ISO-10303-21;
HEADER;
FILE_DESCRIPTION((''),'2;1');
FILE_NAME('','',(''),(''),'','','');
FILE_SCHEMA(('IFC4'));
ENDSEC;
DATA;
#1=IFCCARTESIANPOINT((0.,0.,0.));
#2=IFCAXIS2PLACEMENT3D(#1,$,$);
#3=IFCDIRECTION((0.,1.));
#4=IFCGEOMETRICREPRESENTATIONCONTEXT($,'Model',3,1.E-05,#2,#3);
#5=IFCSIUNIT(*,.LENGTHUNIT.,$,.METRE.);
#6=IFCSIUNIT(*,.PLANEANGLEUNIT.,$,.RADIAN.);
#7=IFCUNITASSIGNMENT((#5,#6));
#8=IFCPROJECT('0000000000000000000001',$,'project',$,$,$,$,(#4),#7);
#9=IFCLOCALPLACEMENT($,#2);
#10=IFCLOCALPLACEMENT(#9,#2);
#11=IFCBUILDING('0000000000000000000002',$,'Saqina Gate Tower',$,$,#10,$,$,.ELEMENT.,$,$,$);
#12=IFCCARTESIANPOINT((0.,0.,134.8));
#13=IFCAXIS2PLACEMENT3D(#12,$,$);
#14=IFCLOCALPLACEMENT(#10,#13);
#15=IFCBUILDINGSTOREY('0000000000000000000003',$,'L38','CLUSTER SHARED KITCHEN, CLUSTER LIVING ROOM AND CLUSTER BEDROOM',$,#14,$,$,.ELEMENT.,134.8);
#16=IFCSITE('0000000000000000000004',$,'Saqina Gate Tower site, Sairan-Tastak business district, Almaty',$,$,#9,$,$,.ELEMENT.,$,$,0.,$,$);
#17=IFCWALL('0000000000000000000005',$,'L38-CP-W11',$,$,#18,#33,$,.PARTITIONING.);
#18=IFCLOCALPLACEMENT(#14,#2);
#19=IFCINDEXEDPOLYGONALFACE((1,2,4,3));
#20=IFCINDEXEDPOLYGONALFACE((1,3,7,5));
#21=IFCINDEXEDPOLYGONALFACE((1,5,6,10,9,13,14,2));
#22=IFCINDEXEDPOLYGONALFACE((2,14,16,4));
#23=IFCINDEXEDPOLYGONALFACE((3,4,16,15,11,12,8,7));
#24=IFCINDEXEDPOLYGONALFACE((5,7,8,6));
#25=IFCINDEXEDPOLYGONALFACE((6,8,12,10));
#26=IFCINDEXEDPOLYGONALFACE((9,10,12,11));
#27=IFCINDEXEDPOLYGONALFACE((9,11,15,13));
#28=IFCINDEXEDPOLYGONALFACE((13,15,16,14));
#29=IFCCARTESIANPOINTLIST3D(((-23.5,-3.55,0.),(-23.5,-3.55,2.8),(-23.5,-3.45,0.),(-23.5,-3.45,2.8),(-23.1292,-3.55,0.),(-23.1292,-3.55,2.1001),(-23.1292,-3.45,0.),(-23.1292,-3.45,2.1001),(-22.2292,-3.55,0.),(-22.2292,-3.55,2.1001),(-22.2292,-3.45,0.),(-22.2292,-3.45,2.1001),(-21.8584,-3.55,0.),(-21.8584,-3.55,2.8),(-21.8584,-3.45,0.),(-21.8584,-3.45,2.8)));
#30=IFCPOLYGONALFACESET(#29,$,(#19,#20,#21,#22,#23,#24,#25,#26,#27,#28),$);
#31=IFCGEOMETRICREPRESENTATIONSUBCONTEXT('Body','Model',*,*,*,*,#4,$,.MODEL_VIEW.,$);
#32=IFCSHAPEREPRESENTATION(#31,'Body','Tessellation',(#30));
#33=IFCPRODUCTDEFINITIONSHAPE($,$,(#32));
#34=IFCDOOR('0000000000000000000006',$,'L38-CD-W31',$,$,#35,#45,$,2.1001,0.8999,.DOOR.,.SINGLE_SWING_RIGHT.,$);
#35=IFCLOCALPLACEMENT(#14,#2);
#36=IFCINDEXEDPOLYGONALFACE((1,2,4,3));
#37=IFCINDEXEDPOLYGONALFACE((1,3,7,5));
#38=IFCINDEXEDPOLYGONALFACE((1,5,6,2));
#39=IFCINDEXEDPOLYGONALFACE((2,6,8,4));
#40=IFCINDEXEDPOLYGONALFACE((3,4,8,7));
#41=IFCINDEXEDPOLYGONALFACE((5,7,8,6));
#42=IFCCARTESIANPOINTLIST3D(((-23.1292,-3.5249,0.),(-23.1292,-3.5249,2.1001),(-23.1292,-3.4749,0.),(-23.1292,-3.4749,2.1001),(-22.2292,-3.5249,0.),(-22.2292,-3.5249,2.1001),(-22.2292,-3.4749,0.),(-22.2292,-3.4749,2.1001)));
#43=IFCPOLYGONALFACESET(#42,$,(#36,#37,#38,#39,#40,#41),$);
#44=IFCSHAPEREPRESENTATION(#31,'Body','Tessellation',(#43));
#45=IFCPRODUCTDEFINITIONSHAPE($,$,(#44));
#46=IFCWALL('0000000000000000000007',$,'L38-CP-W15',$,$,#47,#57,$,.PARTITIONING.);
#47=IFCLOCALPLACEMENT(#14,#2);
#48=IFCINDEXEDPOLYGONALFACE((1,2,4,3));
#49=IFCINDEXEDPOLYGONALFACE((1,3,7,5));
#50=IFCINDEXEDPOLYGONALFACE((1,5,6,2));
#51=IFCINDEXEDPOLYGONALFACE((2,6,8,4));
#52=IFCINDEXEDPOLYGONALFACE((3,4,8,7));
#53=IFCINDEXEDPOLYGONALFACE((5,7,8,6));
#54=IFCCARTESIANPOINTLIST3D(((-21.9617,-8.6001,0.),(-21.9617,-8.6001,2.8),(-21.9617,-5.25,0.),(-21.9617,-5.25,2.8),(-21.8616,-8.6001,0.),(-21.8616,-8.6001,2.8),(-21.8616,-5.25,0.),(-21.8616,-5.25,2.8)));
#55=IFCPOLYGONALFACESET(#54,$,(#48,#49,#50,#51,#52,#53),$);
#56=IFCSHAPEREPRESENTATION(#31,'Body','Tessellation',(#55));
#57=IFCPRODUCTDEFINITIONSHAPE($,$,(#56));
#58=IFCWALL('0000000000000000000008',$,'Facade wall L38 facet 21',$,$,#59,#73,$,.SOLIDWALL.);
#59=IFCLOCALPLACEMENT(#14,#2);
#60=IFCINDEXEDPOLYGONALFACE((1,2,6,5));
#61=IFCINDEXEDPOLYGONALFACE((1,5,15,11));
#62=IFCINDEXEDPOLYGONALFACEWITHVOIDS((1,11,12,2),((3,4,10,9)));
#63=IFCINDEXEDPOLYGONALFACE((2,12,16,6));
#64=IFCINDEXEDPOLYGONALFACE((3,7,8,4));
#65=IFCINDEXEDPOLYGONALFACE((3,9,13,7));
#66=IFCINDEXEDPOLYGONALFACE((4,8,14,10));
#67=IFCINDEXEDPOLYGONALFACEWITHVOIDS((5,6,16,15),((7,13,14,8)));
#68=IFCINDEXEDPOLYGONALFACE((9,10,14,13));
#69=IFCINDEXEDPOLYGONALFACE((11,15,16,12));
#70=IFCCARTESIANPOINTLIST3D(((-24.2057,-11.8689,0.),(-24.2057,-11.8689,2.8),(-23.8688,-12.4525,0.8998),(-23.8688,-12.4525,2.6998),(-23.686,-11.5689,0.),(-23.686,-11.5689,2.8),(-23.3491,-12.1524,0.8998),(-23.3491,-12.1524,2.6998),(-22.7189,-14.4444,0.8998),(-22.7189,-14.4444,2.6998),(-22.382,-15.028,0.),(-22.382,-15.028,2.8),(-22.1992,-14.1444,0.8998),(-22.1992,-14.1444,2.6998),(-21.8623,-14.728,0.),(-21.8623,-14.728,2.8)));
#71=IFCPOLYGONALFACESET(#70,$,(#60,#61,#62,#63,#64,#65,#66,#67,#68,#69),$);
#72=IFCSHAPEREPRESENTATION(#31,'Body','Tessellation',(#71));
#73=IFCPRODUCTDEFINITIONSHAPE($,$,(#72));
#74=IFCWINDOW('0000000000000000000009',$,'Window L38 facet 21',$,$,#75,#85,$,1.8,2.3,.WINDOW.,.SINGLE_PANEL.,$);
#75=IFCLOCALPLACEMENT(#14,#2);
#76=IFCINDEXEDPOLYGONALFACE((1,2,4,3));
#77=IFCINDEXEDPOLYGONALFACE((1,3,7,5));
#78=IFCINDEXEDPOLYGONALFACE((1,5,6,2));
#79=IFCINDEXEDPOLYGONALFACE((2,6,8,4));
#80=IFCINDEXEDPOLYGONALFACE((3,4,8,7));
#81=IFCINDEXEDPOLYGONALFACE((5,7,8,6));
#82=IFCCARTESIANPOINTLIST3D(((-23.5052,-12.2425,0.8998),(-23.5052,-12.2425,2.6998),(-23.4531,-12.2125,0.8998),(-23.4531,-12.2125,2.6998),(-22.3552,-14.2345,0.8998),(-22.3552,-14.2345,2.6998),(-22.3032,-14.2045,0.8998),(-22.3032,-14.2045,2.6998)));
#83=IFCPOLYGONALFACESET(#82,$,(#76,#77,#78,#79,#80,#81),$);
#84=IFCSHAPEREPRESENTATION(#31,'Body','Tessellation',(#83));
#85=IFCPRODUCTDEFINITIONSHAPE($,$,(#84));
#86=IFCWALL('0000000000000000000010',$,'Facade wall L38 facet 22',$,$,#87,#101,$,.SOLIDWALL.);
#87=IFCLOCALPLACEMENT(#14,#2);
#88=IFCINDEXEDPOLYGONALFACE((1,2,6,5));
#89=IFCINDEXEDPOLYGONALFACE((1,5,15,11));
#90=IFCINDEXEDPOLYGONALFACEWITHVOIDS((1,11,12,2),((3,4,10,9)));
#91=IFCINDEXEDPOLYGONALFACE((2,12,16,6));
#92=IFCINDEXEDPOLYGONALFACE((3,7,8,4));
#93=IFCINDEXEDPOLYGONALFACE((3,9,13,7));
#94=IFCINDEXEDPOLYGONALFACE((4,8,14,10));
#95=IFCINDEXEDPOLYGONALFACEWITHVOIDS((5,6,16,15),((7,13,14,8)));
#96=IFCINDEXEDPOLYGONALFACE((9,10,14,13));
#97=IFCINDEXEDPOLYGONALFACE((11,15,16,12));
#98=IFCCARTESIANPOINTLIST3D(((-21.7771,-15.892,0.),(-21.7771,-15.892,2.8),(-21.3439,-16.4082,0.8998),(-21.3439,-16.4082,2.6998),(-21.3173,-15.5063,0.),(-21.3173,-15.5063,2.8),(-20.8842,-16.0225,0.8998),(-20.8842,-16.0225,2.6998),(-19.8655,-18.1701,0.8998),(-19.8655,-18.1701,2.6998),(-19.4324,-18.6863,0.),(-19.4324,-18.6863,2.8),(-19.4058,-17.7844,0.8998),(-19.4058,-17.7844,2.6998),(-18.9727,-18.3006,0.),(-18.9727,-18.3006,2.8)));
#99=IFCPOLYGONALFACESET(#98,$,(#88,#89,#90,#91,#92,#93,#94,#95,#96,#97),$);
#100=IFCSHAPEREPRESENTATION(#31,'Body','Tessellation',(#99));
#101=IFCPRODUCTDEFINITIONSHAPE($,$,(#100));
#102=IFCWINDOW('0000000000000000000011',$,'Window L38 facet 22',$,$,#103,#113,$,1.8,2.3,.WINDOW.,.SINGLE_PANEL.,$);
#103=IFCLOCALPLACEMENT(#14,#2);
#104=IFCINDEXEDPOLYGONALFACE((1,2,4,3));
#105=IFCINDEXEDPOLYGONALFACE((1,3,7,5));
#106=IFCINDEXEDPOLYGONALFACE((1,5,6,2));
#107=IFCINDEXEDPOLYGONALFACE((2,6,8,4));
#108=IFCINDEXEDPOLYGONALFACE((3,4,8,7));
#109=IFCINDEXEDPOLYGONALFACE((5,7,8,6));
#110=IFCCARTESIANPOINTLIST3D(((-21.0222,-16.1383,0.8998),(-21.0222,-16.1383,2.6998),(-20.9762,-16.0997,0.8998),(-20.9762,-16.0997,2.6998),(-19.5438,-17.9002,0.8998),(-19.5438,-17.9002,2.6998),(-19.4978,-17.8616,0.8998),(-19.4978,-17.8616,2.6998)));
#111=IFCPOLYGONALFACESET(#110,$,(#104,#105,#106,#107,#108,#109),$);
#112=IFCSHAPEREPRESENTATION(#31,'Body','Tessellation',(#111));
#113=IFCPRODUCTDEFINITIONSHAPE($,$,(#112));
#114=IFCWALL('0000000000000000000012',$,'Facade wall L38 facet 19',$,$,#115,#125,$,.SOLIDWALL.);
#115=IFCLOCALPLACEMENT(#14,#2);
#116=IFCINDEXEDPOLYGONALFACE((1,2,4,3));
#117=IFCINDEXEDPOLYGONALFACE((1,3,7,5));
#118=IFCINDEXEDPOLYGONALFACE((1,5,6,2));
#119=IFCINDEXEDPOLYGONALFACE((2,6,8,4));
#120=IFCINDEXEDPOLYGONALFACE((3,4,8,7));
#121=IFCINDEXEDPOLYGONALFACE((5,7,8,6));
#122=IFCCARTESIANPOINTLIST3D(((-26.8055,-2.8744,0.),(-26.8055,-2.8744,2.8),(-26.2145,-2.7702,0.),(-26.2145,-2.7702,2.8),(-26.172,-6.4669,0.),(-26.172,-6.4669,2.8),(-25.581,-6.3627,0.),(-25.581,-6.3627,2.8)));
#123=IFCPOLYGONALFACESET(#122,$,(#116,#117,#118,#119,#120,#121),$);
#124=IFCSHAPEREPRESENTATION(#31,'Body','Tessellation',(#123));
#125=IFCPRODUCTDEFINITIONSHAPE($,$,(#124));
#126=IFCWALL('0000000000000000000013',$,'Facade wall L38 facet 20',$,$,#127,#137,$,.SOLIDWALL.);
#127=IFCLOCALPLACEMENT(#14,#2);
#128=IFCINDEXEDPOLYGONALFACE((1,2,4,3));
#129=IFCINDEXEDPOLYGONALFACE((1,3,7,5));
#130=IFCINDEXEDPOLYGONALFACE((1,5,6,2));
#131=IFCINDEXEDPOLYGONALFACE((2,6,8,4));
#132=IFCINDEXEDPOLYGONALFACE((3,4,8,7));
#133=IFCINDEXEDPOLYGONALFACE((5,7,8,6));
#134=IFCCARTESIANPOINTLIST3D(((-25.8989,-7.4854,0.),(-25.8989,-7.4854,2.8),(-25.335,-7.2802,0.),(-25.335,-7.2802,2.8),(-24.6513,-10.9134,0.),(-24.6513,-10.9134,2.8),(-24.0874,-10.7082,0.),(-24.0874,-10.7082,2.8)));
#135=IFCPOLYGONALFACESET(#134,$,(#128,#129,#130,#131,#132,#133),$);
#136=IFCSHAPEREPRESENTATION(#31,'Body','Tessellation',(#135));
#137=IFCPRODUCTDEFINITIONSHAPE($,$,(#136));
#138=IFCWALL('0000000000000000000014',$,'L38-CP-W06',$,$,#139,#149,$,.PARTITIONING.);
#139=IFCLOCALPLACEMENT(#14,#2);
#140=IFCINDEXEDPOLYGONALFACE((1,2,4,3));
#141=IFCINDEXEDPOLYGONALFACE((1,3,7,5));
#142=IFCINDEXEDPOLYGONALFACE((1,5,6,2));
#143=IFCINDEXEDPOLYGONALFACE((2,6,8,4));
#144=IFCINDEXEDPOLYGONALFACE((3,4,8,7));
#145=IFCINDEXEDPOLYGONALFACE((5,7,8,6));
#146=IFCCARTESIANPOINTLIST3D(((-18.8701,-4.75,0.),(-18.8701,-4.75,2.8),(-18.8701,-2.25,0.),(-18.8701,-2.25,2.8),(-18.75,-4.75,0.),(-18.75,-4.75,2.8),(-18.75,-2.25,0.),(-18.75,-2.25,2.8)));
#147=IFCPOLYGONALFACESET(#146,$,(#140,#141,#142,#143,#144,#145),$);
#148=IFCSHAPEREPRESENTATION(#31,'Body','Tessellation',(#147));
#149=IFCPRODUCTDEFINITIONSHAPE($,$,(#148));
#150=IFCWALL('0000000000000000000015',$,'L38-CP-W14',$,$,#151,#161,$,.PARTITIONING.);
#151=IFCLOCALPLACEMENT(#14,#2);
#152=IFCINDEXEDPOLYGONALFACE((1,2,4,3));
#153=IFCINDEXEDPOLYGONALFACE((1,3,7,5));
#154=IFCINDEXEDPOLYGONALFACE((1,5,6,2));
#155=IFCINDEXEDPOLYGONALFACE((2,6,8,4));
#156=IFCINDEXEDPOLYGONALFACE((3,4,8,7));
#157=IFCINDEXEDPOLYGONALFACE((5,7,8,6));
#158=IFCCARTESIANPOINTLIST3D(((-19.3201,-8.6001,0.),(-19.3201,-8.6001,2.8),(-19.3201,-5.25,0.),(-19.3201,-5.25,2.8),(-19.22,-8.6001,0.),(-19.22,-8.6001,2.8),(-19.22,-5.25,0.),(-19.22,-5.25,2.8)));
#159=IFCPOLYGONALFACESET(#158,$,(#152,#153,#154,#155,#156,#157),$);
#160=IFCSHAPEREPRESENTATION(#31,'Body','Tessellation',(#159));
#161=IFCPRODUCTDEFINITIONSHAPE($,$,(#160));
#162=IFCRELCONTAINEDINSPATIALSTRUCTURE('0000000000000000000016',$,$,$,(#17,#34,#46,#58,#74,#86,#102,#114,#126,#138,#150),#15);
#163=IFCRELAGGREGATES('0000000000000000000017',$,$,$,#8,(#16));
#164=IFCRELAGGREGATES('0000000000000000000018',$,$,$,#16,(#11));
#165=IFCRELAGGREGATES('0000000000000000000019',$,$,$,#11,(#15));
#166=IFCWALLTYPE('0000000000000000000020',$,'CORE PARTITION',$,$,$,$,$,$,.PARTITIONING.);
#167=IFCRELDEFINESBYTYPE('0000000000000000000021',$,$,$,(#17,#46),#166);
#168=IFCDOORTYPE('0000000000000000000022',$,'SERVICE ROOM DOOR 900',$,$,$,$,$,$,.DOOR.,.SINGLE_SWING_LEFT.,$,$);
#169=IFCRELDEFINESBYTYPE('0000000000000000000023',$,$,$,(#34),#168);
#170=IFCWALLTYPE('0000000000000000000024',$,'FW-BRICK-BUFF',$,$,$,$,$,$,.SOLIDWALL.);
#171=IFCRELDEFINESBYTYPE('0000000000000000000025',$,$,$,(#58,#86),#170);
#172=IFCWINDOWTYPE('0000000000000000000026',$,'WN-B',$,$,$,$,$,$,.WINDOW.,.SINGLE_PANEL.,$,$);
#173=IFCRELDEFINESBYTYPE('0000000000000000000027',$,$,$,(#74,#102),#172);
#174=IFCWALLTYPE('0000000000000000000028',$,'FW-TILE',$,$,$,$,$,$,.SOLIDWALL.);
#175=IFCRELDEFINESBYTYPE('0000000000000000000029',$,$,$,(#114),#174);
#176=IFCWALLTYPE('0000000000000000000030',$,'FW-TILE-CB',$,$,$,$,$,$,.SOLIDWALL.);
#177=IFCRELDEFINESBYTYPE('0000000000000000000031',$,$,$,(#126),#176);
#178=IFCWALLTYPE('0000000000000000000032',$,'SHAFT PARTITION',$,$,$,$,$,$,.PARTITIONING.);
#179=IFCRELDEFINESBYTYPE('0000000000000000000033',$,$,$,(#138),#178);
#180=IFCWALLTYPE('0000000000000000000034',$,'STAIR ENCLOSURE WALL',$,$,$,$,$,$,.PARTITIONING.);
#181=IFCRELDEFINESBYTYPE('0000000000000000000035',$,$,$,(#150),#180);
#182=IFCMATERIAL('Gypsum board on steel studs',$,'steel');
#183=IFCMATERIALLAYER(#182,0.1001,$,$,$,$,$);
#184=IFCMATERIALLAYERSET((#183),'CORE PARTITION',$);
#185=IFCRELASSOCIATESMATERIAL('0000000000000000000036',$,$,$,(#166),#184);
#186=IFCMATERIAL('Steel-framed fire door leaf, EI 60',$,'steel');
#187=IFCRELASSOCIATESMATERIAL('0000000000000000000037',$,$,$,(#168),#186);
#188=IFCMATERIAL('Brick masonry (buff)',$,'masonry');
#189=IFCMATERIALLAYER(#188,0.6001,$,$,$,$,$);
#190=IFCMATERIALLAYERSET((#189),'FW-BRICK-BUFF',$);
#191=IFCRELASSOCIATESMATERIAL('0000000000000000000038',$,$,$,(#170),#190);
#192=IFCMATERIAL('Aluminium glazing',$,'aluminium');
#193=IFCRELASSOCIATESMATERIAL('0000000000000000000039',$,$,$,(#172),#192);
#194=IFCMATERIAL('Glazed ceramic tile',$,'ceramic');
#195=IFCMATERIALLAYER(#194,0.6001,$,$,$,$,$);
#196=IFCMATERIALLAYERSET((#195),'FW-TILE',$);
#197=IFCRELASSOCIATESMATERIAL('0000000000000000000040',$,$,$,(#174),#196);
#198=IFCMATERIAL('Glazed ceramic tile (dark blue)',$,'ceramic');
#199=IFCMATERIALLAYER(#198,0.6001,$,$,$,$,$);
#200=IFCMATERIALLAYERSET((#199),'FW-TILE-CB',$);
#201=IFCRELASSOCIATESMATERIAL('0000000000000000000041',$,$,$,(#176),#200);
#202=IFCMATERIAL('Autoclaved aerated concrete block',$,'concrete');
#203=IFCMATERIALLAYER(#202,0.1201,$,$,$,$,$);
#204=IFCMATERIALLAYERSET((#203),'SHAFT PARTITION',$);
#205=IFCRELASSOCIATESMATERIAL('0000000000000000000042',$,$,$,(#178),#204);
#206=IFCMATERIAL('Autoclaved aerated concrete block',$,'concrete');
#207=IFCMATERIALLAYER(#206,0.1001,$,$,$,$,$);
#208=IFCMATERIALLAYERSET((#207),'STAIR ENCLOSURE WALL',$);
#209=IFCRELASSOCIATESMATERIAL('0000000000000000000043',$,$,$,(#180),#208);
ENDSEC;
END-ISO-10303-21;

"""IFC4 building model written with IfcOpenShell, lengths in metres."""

from ifc_helpers import new_model, si_unit, direction, frame, frame_2d, origin, place, context, subcontext, project, spatial, rectangle, extrude, material, layer, layer_set, type_object, element, fill, save


model = new_model("IFC4")

# Units and contexts
model_context = context("Model", 3, precision=1e-05, world=origin(), true_north=direction((0.0, 1.0)))
body_context = subcontext(model_context, "Body", "Model", "MODEL_VIEW")
ifc_project = project(units=[si_unit("LENGTHUNIT", "METRE"), si_unit("PLANEANGLEUNIT", "RADIAN")], contexts=[model_context])

# Site, building, storey
site_placement = place(None, origin())
site = spatial("IfcSite", under=ifc_project, at=site_placement, Name="Saqina Gate Tower site, Sairan-Tastak business district, Almaty", CompositionType="ELEMENT", RefElevation=0.0)
building_placement = place(site_placement, origin())
building = spatial("IfcBuilding", under=site, at=building_placement, Name="Saqina Gate Tower", CompositionType="ELEMENT")
storey_placement = place(building_placement, frame((0.0, 0.0, 134.8)))
storey = spatial("IfcBuildingStorey", under=building, at=storey_placement, Name="L38", Description="CLUSTER SHARED KITCHEN, CLUSTER LIVING ROOM AND CLUSTER BEDROOM", CompositionType="ELEMENT", Elevation=134.8)

# Shared definitions
ifc_material_1 = material(Name="Gypsum board on steel studs", Category="steel")
ifc_layer_1 = layer(ifc_material_1, 0.1001)
ifc_layer_set_1 = layer_set([ifc_layer_1], Name="CORE PARTITION")
wall_type_1 = type_object("IfcWallType", Name="CORE PARTITION", PredefinedType="PARTITIONING", material=ifc_layer_set_1)

# Wall, opening, door
ifc_material_2 = material(Name="Steel-framed fire door leaf, EI 60", Category="steel")
door_type = type_object("IfcDoorType", Name="SERVICE ROOM DOOR 900", OperationType="SINGLE_SWING_LEFT", PredefinedType="DOOR", material=ifc_material_2)
wall_1_placement = place(storey_placement, frame((-21.8584, -3.5, 0.0), z_axis=(0.0, 0.0, 1.0), x_axis=(-1.0, 0.0, 0.0)))
wall_1 = element("IfcWall", 1, at=wall_1_placement, inside=storey, type_object=wall_type_1, Name="L38-CP-W11", PredefinedType="PARTITIONING", context=body_context, shape_type="SweptSolid", body=[
    extrude(rectangle(XDim=1.6416, YDim=0.1001, at=frame_2d((0.8208, 0.0))), origin(), (0.0, 0.0, 1.0), 2.8),
])
opening_1_placement = place(wall_1_placement, frame((0.3708, 0.0, 0.0)))
opening_1 = element("IfcOpeningElement", 2, at=opening_1_placement, cuts=wall_1, PredefinedType="OPENING", context=body_context, shape_type="SweptSolid", body=[
    extrude(rectangle(XDim=0.8999, YDim=2.1001, at=frame_2d((0.45, 1.05))), frame((0.0, 0.062, 0.0), z_axis=(0.0, -1.0, 0.0), x_axis=(1.0, 0.0, 0.0)), (0.0, 0.0, 1.0), 0.124),
])
door_1_placement = place(opening_1_placement, origin())
door_1 = element("IfcDoor", 3, at=door_1_placement, inside=storey, type_object=door_type, Name="L38-CD-W31", OperationType="SINGLE_SWING_RIGHT", OverallHeight=2.1001, OverallWidth=0.8999, PredefinedType="DOOR", context=body_context, shape_type="SweptSolid", body=[
    extrude(rectangle(XDim=0.8999, YDim=2.1001, at=frame_2d((0.45, 1.05))), frame((0.0, 0.0249, 0.0), z_axis=(0.0, -1.0, 0.0), x_axis=(1.0, 0.0, 0.0)), (0.0, 0.0, 1.0), 0.05),
])
fill(opening_1, door_1)

# Wall
wall_2_placement = place(storey_placement, frame((-21.9116, -8.6001, 0.0), z_axis=(0.0, 0.0, 1.0), x_axis=(0.0, 1.0, 0.0)))
element("IfcWall", 4, at=wall_2_placement, inside=storey, type_object=wall_type_1, Name="L38-CP-W15", PredefinedType="PARTITIONING", context=body_context, shape_type="SweptSolid", body=[
    extrude(rectangle(XDim=3.3501, YDim=0.1001, at=frame_2d((1.675, 0.0))), origin(), (0.0, 0.0, 1.0), 2.8),
])

# Walls, openings, windows
ifc_material_3 = material(Name="Brick masonry (buff)", Category="masonry")
ifc_layer_2 = layer(ifc_material_3, 0.6001)
ifc_layer_set_2 = layer_set([ifc_layer_2], Name="FW-BRICK-BUFF")
wall_type_2 = type_object("IfcWallType", Name="FW-BRICK-BUFF", PredefinedType="SOLIDWALL", material=ifc_layer_set_2)
wall_3_placement = place(storey_placement, frame((-23.9458, -11.719, 0.0), z_axis=(0.0, 0.0, 1.0), x_axis=(0.499954, -0.866052, 0.0)))
wall_3 = element("IfcWall", 5, at=wall_3_placement, inside=storey, type_object=wall_type_2, Name="Facade wall L38 facet 21", PredefinedType="SOLIDWALL", context=body_context, shape_type="SweptSolid", body=[
    extrude(rectangle(XDim=3.6477, YDim=0.6001, at=frame_2d((1.8237, 0.0))), origin(), (0.0, 0.0, 1.0), 2.8),
])
opening_2_placement = place(wall_3_placement, frame((0.6738, 0.0, 0.8999)))
opening_2 = element("IfcOpeningElement", 6, at=opening_2_placement, cuts=wall_3, PredefinedType="OPENING", context=body_context, shape_type="SweptSolid", body=[
    extrude(rectangle(XDim=2.3, YDim=1.8, at=frame_2d((1.1499, 0.8999))), frame((0.0, 0.312, 0.0), z_axis=(0.0, -1.0, 0.0), x_axis=(1.0, 0.0, 0.0)), (0.0, 0.0, 1.0), 0.624),
])
ifc_material_4 = material(Name="Aluminium glazing", Category="aluminium")
window_type = type_object("IfcWindowType", Name="WN-B", PartitioningType="SINGLE_PANEL", PredefinedType="WINDOW", material=ifc_material_4)
window_1_placement = place(opening_2_placement, origin())
window_1 = element("IfcWindow", 7, at=window_1_placement, inside=storey, type_object=window_type, Name="Window L38 facet 21", OverallHeight=1.8, OverallWidth=2.3, PartitioningType="SINGLE_PANEL", PredefinedType="WINDOW", context=body_context, shape_type="SweptSolid", body=[
    extrude(rectangle(XDim=2.3, YDim=1.8, at=frame_2d((1.1499, 0.8999))), frame((0.0, 0.1799, 0.0), z_axis=(0.0, -1.0, 0.0), x_axis=(1.0, 0.0, 0.0)), (0.0, 0.0, 1.0), 0.0601),
])
fill(opening_2, window_1)
wall_4_placement = place(storey_placement, frame((-21.5471, -15.6992, 0.0), z_axis=(0.0, 0.0, 1.0), x_axis=(0.642774, -0.766055, 0.0)))
wall_4 = element("IfcWall", 8, at=wall_4_placement, inside=storey, type_object=wall_type_2, Name="Facade wall L38 facet 22", PredefinedType="SOLIDWALL", context=body_context, shape_type="SweptSolid", body=[
    extrude(rectangle(XDim=3.6477, YDim=0.6001, at=frame_2d((1.8237, 0.0))), origin(), (0.0, 0.0, 1.0), 2.8),
])
opening_3_placement = place(wall_4_placement, frame((0.6738, 0.0, 0.8999)))
opening_3 = element("IfcOpeningElement", 9, at=opening_3_placement, cuts=wall_4, PredefinedType="OPENING", context=body_context, shape_type="SweptSolid", body=[
    extrude(rectangle(XDim=2.3, YDim=1.8, at=frame_2d((1.1499, 0.8999))), frame((0.0, 0.312, 0.0), z_axis=(0.0, -1.0, 0.0), x_axis=(1.0, 0.0, 0.0)), (0.0, 0.0, 1.0), 0.624),
])
window_2_placement = place(opening_3_placement, origin())
window_2 = element("IfcWindow", 10, at=window_2_placement, inside=storey, type_object=window_type, Name="Window L38 facet 22", OverallHeight=1.8, OverallWidth=2.3, PartitioningType="SINGLE_PANEL", PredefinedType="WINDOW", context=body_context, shape_type="SweptSolid", body=[
    extrude(rectangle(XDim=2.3, YDim=1.8, at=frame_2d((1.1499, 0.8999))), frame((0.0, 0.1799, 0.0), z_axis=(0.0, -1.0, 0.0), x_axis=(1.0, 0.0, 0.0)), (0.0, 0.0, 1.0), 0.0601),
])
fill(opening_3, window_2)

# Walls
ifc_material_5 = material(Name="Glazed ceramic tile", Category="ceramic")
ifc_layer_3 = layer(ifc_material_5, 0.6001)
ifc_layer_set_3 = layer_set([ifc_layer_3], Name="FW-TILE")
wall_type_3 = type_object("IfcWallType", Name="FW-TILE", PredefinedType="SOLIDWALL", material=ifc_layer_set_3)
wall_5_placement = place(storey_placement, frame((-26.51, -2.8223, 0.0), z_axis=(0.0, 0.0, 1.0), x_axis=(0.173671, -0.984804, 0.0)))
element("IfcWall", 11, at=wall_5_placement, inside=storey, type_object=wall_type_3, Name="Facade wall L38 facet 19", PredefinedType="SOLIDWALL", context=body_context, shape_type="SweptSolid", body=[
    extrude(rectangle(XDim=3.6479, YDim=0.6001, at=frame_2d((1.824, 0.0))), origin(), (0.0, 0.0, 1.0), 2.8),
])
ifc_material_6 = material(Name="Glazed ceramic tile (dark blue)", Category="ceramic")
ifc_layer_4 = layer(ifc_material_6, 0.6001)
ifc_layer_set_4 = layer_set([ifc_layer_4], Name="FW-TILE-CB")
wall_type_4 = type_object("IfcWallType", Name="FW-TILE-CB", PredefinedType="SOLIDWALL", material=ifc_layer_set_4)
wall_6_placement = place(storey_placement, frame((-25.6169, -7.3828, 0.0), z_axis=(0.0, 0.0, 1.0), x_axis=(0.34199, -0.939704, 0.0)))
element("IfcWall", 12, at=wall_6_placement, inside=storey, type_object=wall_type_4, Name="Facade wall L38 facet 20", PredefinedType="SOLIDWALL", context=body_context, shape_type="SweptSolid", body=[
    extrude(rectangle(XDim=3.6479, YDim=0.6001, at=frame_2d((1.824, 0.0))), origin(), (0.0, 0.0, 1.0), 2.8),
])
ifc_material_7 = material(Name="Autoclaved aerated concrete block", Category="concrete")
ifc_layer_5 = layer(ifc_material_7, 0.1201)
ifc_layer_set_5 = layer_set([ifc_layer_5], Name="SHAFT PARTITION")
wall_type_5 = type_object("IfcWallType", Name="SHAFT PARTITION", PredefinedType="PARTITIONING", material=ifc_layer_set_5)
wall_7_placement = place(storey_placement, frame((-18.8101, -4.75, 0.0), z_axis=(0.0, 0.0, 1.0), x_axis=(0.0, 1.0, 0.0)))
element("IfcWall", 13, at=wall_7_placement, inside=storey, type_object=wall_type_5, Name="L38-CP-W06", PredefinedType="PARTITIONING", context=body_context, shape_type="SweptSolid", body=[
    extrude(rectangle(XDim=2.5, YDim=0.1201, at=frame_2d((1.25, 0.0))), origin(), (0.0, 0.0, 1.0), 2.8),
])
ifc_material_8 = material(Name="Autoclaved aerated concrete block", Category="concrete")
ifc_layer_6 = layer(ifc_material_8, 0.1001)
ifc_layer_set_6 = layer_set([ifc_layer_6], Name="STAIR ENCLOSURE WALL")
wall_type_6 = type_object("IfcWallType", Name="STAIR ENCLOSURE WALL", PredefinedType="PARTITIONING", material=ifc_layer_set_6)
wall_8_placement = place(storey_placement, frame((-19.27, -8.6001, 0.0), z_axis=(0.0, 0.0, 1.0), x_axis=(0.0, 1.0, 0.0)))
element("IfcWall", 14, at=wall_8_placement, inside=storey, type_object=wall_type_6, Name="L38-CP-W14", PredefinedType="PARTITIONING", context=body_context, shape_type="SweptSolid", body=[
    extrude(rectangle(XDim=3.3501, YDim=0.1001, at=frame_2d((1.675, 0.0))), origin(), (0.0, 0.0, 1.0), 2.8),
])

save(model, "model.ifc")
